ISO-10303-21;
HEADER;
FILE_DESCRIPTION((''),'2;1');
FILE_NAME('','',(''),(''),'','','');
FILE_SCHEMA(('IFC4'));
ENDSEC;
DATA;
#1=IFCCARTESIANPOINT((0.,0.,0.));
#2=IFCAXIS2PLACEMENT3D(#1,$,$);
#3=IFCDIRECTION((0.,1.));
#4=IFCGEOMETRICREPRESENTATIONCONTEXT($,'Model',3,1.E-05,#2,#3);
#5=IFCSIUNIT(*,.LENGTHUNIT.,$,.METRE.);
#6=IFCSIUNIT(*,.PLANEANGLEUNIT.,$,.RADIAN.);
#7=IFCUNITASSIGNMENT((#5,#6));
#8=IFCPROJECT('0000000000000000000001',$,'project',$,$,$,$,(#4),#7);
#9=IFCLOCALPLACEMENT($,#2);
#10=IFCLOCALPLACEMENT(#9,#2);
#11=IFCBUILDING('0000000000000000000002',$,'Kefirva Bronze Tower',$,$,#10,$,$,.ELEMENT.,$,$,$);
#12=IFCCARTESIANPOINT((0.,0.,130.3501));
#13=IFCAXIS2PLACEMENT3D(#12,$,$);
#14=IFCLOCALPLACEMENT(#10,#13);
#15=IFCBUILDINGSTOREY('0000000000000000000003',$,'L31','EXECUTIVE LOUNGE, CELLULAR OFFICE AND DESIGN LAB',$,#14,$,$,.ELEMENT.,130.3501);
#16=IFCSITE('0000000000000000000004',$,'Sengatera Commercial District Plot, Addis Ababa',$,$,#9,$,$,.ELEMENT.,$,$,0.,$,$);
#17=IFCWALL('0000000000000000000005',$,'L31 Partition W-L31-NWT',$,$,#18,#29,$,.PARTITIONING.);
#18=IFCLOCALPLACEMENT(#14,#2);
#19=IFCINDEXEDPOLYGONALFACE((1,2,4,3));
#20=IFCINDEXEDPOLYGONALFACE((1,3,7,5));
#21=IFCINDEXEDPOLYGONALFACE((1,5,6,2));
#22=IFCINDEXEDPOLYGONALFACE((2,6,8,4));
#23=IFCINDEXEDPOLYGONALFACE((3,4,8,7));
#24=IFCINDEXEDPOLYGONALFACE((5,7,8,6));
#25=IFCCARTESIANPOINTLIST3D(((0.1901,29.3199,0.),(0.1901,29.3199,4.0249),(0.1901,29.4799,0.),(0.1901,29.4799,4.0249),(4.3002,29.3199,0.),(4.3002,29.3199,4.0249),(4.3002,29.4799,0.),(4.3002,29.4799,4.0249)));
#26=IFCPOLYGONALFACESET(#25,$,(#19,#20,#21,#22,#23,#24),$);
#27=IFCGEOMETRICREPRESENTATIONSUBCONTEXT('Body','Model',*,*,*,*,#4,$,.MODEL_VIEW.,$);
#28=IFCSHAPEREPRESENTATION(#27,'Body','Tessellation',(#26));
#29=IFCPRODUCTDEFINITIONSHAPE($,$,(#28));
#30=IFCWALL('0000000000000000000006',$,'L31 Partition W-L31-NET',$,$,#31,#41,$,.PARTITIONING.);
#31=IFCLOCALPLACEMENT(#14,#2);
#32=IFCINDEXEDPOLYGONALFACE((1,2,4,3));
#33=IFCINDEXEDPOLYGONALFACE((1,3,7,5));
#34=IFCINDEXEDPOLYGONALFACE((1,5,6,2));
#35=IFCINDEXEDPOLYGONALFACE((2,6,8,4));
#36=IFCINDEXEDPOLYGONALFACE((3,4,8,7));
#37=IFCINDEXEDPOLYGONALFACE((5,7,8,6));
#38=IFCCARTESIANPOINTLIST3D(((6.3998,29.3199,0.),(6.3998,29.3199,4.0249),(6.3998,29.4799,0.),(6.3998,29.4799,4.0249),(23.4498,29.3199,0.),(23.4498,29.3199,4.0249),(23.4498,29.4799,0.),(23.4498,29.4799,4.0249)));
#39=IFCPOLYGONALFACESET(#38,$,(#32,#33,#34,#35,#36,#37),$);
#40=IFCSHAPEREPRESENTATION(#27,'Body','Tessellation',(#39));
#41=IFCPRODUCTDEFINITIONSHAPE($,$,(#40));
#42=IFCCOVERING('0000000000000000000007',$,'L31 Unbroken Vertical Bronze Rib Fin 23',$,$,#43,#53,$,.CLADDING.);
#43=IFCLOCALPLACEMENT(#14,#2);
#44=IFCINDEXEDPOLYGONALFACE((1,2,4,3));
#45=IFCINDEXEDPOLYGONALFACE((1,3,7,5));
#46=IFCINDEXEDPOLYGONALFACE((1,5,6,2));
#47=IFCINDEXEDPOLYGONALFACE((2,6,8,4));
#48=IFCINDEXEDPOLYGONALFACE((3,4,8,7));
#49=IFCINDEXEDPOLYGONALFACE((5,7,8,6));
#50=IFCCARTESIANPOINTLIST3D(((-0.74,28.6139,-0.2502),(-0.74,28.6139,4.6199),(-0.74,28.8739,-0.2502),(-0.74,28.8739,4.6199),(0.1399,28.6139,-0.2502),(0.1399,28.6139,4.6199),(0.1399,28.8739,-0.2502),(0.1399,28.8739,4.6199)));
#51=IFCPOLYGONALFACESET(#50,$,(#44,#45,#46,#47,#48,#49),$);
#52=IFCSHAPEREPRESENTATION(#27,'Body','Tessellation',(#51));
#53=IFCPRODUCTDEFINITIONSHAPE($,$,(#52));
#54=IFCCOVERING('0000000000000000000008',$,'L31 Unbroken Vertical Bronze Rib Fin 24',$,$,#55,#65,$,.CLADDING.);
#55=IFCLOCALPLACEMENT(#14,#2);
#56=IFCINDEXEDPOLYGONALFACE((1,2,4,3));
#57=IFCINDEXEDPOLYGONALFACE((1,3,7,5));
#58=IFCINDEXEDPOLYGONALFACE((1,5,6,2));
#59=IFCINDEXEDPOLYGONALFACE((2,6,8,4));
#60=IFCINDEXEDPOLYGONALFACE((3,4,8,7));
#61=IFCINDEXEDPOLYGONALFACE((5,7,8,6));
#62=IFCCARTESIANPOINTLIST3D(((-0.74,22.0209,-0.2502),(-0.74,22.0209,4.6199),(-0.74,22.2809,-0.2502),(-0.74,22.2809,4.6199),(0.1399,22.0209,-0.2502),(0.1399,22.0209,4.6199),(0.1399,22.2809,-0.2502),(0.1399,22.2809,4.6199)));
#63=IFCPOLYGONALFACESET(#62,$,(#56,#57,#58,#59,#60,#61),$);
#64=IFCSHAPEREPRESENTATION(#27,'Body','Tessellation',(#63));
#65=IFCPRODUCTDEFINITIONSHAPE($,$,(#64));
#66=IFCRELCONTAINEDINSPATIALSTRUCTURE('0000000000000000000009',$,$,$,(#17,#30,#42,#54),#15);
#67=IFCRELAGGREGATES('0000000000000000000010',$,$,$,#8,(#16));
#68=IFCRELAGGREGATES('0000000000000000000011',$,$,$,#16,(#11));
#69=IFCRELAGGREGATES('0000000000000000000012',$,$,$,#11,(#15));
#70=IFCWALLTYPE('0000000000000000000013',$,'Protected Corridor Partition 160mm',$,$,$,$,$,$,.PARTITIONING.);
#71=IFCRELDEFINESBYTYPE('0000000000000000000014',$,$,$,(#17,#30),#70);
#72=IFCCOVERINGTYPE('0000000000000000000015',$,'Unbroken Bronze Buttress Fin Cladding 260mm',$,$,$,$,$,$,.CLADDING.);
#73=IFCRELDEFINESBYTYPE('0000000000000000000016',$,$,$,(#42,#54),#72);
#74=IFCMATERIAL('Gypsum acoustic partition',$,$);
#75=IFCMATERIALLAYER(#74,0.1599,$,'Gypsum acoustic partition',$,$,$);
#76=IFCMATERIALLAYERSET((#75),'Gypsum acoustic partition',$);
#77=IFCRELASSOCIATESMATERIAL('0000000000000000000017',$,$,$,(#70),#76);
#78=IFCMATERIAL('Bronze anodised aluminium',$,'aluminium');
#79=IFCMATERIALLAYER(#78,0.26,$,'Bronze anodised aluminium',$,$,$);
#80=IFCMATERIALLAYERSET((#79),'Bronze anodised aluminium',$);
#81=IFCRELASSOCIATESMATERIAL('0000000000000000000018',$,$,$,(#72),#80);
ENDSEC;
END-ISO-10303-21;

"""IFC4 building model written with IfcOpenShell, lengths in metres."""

from ifc_helpers import new_model, si_unit, direction, frame, frame_2d, origin, origin_2d, place, context, subcontext, project, spatial, rectangle, extrude, material, layer, layer_set, type_object, element, save


model = new_model("IFC4")

# Units and contexts
model_context = context("Model", 3, precision=1e-05, world=origin(), true_north=direction((0.0, 1.0)))
body_context = subcontext(model_context, "Body", "Model", "MODEL_VIEW")
ifc_project = project(units=[si_unit("LENGTHUNIT", "METRE"), si_unit("PLANEANGLEUNIT", "RADIAN")], contexts=[model_context])

# Site, building, storey
site_placement = place(None, origin())
site = spatial("IfcSite", under=ifc_project, at=site_placement, Name="Sengatera Commercial District Plot, Addis Ababa", CompositionType="ELEMENT", RefElevation=0.0)
building_placement = place(site_placement, origin())
building = spatial("IfcBuilding", under=site, at=building_placement, Name="Kefirva Bronze Tower", CompositionType="ELEMENT")
storey_placement = place(building_placement, frame((0.0, 0.0, 130.3501)))
storey = spatial("IfcBuildingStorey", under=building, at=storey_placement, Name="L31", Description="EXECUTIVE LOUNGE, CELLULAR OFFICE AND DESIGN LAB", CompositionType="ELEMENT", Elevation=130.3501)

# Shared definitions
ifc_material_1 = material(Name="Bronze anodised aluminium", Category="aluminium")

# Walls
ifc_material_2 = material(Name="Gypsum acoustic partition")
ifc_layer_1 = layer(ifc_material_2, 0.1599, Name="Gypsum acoustic partition")
ifc_layer_set_1 = layer_set([ifc_layer_1], Name="Gypsum acoustic partition")
wall_type_1 = type_object("IfcWallType", Name="Protected Corridor Partition 160mm", PredefinedType="PARTITIONING", material=ifc_layer_set_1)
wall_1_placement = place(storey_placement, frame((0.1899, 29.3999, 0.0), z_axis=(0.0, 0.0, 1.0), x_axis=(1.0, 0.0, 0.0)))
element("IfcWall", 1, at=wall_1_placement, inside=storey, type_object=wall_type_1, Name="L31 Partition W-L31-NWT", PredefinedType="PARTITIONING", context=body_context, shape_type="SweptSolid", body=[
    extrude(rectangle(XDim=4.1101, YDim=0.1599, at=frame_2d((2.0552, 0.0))), origin(), (0.0, 0.0, 1.0), 4.0249),
])
wall_2_placement = place(storey_placement, frame((6.3999, 29.3999, 0.0), z_axis=(0.0, 0.0, 1.0), x_axis=(1.0, 0.0, 0.0)))
element("IfcWall", 2, at=wall_2_placement, inside=storey, type_object=wall_type_1, Name="L31 Partition W-L31-NET", PredefinedType="PARTITIONING", context=body_context, shape_type="SweptSolid", body=[
    extrude(rectangle(XDim=17.05, YDim=0.1599, at=frame_2d((8.5249, 0.0))), origin(), (0.0, 0.0, 1.0), 4.0249),
])

# Coverings
ifc_layer_2 = layer(ifc_material_1, 0.26, Name="Bronze anodised aluminium")
ifc_layer_set_2 = layer_set([ifc_layer_2], Name="Bronze anodised aluminium")
covering_type = type_object("IfcCoveringType", Name="Unbroken Bronze Buttress Fin Cladding 260mm", PredefinedType="CLADDING", material=ifc_layer_set_2)
for number, where, z_axis, x_axis, name in (
    (3, (-0.3, 28.7439, -0.2502), (0.0, 0.0, 1.0), (0.0, -1.0, 0.0), "L31 Unbroken Vertical Bronze Rib Fin 23"),
    (4, (-0.3, 22.1509, -0.2502), (0.0, 0.0, 1.0), (0.0, -1.0, 0.0), "L31 Unbroken Vertical Bronze Rib Fin 24"),
):
    element("IfcCovering", number, at=place(storey_placement, frame(where, z_axis=z_axis, x_axis=x_axis)), inside=storey, type_object=covering_type, Name=name, PredefinedType="CLADDING", context=body_context, shape_type="SweptSolid", body=[
        extrude(rectangle(XDim=0.26, YDim=0.8799, at=origin_2d()), origin(), (0.0, 0.0, 1.0), 4.8701),
    ])

save(model, "model.ifc")
